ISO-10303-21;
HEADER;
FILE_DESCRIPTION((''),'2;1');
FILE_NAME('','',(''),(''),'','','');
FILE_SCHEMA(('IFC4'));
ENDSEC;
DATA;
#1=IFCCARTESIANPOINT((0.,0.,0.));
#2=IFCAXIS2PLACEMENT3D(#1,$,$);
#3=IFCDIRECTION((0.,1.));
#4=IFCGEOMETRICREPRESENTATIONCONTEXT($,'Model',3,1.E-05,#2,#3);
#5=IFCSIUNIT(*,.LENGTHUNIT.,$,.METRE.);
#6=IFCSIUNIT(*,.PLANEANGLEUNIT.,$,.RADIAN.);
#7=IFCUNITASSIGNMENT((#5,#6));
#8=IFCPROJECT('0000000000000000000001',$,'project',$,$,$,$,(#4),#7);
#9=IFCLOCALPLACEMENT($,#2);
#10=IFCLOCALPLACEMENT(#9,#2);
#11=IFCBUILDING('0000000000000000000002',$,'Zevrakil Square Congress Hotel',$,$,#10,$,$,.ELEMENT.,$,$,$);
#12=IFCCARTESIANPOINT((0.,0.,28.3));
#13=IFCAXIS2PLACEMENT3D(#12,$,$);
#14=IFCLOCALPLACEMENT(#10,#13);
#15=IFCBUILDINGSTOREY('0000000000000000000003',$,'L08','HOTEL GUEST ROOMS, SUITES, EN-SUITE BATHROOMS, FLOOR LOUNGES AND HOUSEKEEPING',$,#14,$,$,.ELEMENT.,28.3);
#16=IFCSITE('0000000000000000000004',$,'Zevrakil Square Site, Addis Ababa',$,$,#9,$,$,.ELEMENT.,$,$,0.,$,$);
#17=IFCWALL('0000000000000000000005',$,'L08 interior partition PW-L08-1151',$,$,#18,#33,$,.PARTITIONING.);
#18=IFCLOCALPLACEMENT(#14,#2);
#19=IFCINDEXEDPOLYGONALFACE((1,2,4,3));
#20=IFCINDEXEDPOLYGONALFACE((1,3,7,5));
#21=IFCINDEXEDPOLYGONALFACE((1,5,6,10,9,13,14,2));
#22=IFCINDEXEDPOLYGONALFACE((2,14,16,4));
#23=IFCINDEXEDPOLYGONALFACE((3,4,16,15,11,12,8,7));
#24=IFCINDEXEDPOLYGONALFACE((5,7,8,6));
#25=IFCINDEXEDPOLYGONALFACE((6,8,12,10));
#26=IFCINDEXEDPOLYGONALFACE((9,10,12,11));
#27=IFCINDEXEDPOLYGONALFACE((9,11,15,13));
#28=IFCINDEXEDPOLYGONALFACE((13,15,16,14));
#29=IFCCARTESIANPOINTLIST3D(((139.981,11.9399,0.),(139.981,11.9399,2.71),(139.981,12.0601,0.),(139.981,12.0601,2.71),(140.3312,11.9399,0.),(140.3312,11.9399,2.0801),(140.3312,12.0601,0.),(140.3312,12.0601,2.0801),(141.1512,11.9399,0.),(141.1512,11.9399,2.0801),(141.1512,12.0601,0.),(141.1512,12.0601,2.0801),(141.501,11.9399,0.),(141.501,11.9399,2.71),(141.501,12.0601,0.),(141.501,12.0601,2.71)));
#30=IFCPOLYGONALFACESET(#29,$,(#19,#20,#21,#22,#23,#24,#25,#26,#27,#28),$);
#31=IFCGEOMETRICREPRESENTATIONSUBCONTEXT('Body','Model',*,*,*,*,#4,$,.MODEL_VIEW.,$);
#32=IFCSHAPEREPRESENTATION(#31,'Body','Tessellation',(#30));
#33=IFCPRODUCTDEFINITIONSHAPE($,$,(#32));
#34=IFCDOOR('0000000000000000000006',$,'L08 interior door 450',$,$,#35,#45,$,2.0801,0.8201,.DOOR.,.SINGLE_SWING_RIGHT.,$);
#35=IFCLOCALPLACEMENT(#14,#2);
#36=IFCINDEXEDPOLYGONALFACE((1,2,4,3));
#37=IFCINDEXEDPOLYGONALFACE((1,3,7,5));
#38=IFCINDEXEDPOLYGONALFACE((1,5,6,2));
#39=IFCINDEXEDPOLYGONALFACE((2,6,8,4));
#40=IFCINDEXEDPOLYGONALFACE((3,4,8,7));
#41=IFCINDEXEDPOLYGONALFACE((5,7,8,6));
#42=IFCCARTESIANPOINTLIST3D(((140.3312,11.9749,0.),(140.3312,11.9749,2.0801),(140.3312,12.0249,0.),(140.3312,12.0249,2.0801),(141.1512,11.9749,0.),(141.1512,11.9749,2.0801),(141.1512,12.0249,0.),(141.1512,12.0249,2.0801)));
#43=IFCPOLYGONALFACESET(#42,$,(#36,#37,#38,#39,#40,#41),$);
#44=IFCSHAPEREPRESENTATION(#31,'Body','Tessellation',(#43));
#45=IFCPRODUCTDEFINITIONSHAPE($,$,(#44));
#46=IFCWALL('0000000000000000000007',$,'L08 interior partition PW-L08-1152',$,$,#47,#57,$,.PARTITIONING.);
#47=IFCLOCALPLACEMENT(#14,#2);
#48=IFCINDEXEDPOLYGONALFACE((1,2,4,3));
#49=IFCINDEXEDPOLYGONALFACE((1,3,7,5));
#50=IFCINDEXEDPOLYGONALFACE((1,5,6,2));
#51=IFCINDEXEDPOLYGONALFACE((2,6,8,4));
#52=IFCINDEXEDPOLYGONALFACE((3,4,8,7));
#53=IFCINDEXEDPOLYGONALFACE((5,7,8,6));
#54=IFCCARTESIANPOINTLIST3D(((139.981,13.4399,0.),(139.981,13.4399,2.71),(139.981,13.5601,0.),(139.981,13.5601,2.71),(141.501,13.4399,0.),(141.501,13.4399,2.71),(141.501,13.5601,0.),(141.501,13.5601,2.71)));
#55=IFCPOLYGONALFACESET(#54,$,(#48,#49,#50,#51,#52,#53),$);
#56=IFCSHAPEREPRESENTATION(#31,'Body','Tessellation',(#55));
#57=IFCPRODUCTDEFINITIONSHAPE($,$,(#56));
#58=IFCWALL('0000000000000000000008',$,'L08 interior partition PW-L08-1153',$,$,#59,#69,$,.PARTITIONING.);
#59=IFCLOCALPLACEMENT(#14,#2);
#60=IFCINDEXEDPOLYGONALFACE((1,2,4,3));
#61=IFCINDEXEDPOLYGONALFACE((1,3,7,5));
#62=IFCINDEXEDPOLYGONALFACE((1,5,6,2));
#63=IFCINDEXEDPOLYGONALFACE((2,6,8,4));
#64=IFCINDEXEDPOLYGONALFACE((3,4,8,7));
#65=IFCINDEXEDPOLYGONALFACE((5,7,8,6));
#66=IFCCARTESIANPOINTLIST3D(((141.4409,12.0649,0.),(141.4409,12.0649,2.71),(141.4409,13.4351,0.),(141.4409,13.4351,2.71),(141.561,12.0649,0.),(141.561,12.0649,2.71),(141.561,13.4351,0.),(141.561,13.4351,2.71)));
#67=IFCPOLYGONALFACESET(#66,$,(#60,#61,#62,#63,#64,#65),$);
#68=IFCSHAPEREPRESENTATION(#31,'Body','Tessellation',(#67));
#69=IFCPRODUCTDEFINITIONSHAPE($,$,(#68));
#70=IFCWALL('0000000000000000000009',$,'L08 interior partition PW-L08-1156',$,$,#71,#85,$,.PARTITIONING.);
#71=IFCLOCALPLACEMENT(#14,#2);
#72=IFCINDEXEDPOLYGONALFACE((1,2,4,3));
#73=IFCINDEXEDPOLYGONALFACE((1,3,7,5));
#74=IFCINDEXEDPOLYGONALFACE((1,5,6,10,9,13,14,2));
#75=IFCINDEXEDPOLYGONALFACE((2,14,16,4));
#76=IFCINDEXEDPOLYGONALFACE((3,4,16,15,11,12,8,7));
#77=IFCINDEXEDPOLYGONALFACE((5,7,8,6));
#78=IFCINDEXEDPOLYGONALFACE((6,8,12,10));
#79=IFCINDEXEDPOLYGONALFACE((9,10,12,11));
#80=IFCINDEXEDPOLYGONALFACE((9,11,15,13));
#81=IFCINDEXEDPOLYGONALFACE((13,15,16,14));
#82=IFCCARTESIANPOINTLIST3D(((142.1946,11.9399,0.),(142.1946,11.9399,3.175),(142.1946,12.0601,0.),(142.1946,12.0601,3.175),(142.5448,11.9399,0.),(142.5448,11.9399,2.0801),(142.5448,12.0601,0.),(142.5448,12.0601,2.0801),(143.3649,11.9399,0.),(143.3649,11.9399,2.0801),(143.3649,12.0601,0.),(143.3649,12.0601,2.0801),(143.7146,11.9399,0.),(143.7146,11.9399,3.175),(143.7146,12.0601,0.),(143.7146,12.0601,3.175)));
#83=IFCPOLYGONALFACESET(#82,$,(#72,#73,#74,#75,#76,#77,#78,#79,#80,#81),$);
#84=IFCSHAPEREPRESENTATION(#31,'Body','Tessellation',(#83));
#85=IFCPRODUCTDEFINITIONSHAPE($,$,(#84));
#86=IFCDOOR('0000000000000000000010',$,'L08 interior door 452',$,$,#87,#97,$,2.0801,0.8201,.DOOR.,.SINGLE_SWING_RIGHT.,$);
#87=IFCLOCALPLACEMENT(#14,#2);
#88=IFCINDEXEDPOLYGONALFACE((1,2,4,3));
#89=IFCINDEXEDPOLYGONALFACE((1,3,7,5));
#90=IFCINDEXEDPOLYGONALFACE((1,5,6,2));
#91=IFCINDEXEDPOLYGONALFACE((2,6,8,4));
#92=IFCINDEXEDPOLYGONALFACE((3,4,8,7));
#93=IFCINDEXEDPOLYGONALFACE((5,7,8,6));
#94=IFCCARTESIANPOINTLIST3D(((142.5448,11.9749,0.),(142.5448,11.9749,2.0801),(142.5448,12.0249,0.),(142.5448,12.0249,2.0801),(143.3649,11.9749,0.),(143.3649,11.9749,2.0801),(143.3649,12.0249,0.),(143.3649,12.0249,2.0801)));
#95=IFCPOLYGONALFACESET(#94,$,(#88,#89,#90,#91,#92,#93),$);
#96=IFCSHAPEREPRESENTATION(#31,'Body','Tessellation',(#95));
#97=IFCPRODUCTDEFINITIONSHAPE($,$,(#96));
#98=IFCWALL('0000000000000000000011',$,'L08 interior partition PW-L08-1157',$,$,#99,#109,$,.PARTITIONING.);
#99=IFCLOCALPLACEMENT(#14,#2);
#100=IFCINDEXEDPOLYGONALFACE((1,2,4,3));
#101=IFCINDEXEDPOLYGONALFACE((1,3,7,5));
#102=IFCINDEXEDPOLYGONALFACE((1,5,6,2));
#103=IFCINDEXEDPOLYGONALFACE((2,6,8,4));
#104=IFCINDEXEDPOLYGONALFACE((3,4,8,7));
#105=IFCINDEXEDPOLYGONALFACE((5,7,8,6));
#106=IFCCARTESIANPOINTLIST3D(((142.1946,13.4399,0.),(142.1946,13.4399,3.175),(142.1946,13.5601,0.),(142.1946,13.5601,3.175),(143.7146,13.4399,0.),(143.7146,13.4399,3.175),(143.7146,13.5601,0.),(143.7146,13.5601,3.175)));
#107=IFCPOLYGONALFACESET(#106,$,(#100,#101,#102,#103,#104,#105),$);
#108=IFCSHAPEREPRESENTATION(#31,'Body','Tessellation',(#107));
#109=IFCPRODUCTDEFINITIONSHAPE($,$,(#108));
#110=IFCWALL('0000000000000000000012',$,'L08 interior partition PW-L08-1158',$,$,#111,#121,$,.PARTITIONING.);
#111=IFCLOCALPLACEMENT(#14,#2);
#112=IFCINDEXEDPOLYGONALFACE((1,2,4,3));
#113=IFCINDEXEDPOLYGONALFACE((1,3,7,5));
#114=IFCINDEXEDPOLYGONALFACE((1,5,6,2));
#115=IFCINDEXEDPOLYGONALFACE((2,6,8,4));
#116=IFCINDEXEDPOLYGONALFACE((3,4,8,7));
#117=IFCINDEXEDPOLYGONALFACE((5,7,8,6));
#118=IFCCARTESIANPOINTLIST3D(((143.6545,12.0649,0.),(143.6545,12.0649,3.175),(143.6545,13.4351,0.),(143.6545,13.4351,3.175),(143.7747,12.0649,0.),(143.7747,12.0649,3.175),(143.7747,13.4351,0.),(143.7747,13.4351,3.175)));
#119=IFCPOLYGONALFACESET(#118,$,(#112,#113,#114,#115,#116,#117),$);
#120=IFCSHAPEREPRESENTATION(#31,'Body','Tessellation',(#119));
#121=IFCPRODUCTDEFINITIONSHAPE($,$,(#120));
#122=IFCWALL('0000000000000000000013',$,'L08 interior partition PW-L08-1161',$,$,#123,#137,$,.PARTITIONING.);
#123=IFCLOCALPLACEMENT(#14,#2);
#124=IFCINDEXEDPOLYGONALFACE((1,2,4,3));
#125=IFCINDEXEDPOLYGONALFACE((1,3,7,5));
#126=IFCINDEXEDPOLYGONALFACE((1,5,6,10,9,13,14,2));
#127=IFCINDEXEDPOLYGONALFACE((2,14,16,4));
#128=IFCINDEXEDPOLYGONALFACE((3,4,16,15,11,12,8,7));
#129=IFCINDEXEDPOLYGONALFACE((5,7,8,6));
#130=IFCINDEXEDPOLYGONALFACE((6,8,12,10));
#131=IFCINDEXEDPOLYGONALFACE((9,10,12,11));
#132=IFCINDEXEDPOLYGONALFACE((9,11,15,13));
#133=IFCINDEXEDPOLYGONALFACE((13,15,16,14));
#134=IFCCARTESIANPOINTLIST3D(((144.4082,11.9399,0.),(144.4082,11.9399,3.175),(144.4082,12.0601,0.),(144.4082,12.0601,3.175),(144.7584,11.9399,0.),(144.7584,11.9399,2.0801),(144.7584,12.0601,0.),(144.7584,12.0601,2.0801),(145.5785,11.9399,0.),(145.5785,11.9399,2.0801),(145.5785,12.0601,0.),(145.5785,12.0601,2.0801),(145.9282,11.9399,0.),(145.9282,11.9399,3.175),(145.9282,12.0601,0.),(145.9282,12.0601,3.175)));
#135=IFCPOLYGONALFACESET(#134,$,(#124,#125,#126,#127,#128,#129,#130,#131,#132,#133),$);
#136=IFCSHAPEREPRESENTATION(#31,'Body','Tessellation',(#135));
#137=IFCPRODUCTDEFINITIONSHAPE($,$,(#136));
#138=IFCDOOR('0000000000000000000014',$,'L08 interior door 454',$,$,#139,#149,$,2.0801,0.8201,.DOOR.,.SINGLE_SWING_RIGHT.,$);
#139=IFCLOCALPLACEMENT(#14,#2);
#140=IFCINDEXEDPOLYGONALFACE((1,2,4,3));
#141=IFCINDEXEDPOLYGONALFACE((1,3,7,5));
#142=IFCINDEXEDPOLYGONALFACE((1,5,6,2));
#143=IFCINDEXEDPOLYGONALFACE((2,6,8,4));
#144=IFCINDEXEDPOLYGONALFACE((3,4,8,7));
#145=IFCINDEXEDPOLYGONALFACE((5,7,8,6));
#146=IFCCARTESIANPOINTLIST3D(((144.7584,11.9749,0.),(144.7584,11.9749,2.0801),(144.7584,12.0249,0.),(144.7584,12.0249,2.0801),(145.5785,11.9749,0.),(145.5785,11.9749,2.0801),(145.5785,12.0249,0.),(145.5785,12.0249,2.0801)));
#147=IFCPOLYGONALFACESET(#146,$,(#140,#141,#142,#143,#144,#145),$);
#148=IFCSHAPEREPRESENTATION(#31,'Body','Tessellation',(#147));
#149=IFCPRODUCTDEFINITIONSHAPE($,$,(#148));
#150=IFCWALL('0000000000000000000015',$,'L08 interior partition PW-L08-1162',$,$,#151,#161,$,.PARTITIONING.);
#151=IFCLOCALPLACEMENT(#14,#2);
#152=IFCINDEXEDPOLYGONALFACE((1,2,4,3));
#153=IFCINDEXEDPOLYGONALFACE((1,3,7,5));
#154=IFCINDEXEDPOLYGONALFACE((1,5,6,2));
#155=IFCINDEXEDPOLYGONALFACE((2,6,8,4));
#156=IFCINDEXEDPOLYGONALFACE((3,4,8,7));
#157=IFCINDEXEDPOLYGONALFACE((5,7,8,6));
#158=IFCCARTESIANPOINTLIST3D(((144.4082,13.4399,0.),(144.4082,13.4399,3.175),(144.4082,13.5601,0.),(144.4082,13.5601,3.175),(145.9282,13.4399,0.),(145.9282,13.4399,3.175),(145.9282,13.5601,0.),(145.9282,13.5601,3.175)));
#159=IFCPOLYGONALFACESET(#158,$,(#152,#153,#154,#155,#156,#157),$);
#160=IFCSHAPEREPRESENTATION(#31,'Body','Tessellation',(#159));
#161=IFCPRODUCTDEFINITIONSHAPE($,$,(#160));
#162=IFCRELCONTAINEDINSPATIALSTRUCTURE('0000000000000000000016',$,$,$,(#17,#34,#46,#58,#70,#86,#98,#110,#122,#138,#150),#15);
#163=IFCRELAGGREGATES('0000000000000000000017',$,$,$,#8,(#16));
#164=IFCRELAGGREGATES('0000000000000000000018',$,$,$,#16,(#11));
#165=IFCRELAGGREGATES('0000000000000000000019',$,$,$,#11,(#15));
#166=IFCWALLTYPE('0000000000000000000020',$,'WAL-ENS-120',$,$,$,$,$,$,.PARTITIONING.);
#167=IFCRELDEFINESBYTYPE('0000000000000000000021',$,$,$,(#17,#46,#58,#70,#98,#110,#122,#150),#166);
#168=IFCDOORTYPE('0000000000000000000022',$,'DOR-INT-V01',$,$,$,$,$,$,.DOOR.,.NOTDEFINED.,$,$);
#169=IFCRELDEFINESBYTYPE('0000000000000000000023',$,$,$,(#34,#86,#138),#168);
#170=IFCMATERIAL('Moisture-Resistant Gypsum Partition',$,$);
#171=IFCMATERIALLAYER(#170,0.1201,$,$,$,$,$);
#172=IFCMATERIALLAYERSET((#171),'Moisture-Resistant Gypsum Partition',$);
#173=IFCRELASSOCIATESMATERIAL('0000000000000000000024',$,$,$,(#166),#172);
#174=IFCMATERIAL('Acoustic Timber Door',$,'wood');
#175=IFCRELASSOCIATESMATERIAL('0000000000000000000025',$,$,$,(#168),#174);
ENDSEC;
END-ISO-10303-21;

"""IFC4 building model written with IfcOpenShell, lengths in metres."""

from ifc_helpers import new_model, si_unit, direction, frame, frame_2d, origin, place, context, subcontext, project, spatial, rectangle, extrude, material, layer, layer_set, type_object, element, fill, save


model = new_model("IFC4")

# Units and contexts
model_context = context("Model", 3, precision=1e-05, world=origin(), true_north=direction((0.0, 1.0)))
body_context = subcontext(model_context, "Body", "Model", "MODEL_VIEW")
ifc_project = project(units=[si_unit("LENGTHUNIT", "METRE"), si_unit("PLANEANGLEUNIT", "RADIAN")], contexts=[model_context])

# Site, building, storey
site_placement = place(None, origin())
site = spatial("IfcSite", under=ifc_project, at=site_placement, Name="Zevrakil Square Site, Addis Ababa", CompositionType="ELEMENT", RefElevation=0.0)
building_placement = place(site_placement, origin())
building = spatial("IfcBuilding", under=site, at=building_placement, Name="Zevrakil Square Congress Hotel", CompositionType="ELEMENT")
storey_placement = place(building_placement, frame((0.0, 0.0, 28.3)))
storey = spatial("IfcBuildingStorey", under=building, at=storey_placement, Name="L08", Description="HOTEL GUEST ROOMS, SUITES, EN-SUITE BATHROOMS, FLOOR LOUNGES AND HOUSEKEEPING", CompositionType="ELEMENT", Elevation=28.3)

# Shared definitions
ifc_material_1 = material(Name="Moisture-Resistant Gypsum Partition")
ifc_layer_1 = layer(ifc_material_1, 0.1201)
ifc_layer_set_1 = layer_set([ifc_layer_1], Name="Moisture-Resistant Gypsum Partition")
wall_type_1 = type_object("IfcWallType", Name="WAL-ENS-120", PredefinedType="PARTITIONING", material=ifc_layer_set_1)

# Wall, opening, door
wall_1_placement = place(storey_placement, frame((139.981, 12.0, 0.0), z_axis=(0.0, 0.0, 1.0), x_axis=(1.0, 0.0, 0.0)))
wall_1 = element("IfcWall", 1, at=wall_1_placement, inside=storey, type_object=wall_type_1, Name="L08 interior partition PW-L08-1151", PredefinedType="PARTITIONING", context=body_context, shape_type="SweptSolid", body=[
    extrude(rectangle(XDim=1.52, YDim=0.1201, at=frame_2d((0.76, 0.0))), origin(), (0.0, 0.0, 1.0), 2.71),
])
opening_1_placement = place(wall_1_placement, frame((0.3501, 0.0, 0.0)))
opening_1 = element("IfcOpeningElement", 2, at=opening_1_placement, cuts=wall_1, PredefinedType="OPENING", context=body_context, shape_type="SweptSolid", body=[
    extrude(rectangle(XDim=0.8201, YDim=2.0801, at=frame_2d((0.4102, 1.04))), frame((0.0, 0.0701, 0.0), z_axis=(0.0, -1.0, 0.0), x_axis=(1.0, 0.0, 0.0)), (0.0, 0.0, 1.0), 0.1401),
])
ifc_material_2 = material(Name="Acoustic Timber Door", Category="wood")
door_type_1 = type_object("IfcDoorType", Name="DOR-INT-V01", OperationType="NOTDEFINED", PredefinedType="DOOR", material=ifc_material_2)
door_1_placement = place(opening_1_placement, origin())
door_1 = element("IfcDoor", 3, at=door_1_placement, inside=storey, type_object=door_type_1, Name="L08 interior door 450", OperationType="SINGLE_SWING_RIGHT", OverallHeight=2.0801, OverallWidth=0.8201, PredefinedType="DOOR", context=body_context, shape_type="SweptSolid", body=[
    extrude(rectangle(XDim=0.8201, YDim=2.0801, at=frame_2d((0.4102, 1.04))), frame((0.0, 0.0249, 0.0), z_axis=(0.0, -1.0, 0.0), x_axis=(1.0, 0.0, 0.0)), (0.0, 0.0, 1.0), 0.05),
])
fill(opening_1, door_1)

# Walls
wall_2_placement = place(storey_placement, frame((139.981, 13.5, 0.0), z_axis=(0.0, 0.0, 1.0), x_axis=(1.0, 0.0, 0.0)))
element("IfcWall", 4, at=wall_2_placement, inside=storey, type_object=wall_type_1, Name="L08 interior partition PW-L08-1152", PredefinedType="PARTITIONING", context=body_context, shape_type="SweptSolid", body=[
    extrude(rectangle(XDim=1.52, YDim=0.1201, at=frame_2d((0.76, 0.0))), origin(), (0.0, 0.0, 1.0), 2.71),
])
wall_3_placement = place(storey_placement, frame((141.501, 12.0649, 0.0), z_axis=(0.0, 0.0, 1.0), x_axis=(0.0, 1.0, 0.0)))
element("IfcWall", 5, at=wall_3_placement, inside=storey, type_object=wall_type_1, Name="L08 interior partition PW-L08-1153", PredefinedType="PARTITIONING", context=body_context, shape_type="SweptSolid", body=[
    extrude(rectangle(XDim=1.3701, YDim=0.1201, at=frame_2d((0.6851, 0.0))), origin(), (0.0, 0.0, 1.0), 2.71),
])

# Wall, opening, door
wall_4_placement = place(storey_placement, frame((142.1946, 12.0, 0.0), z_axis=(0.0, 0.0, 1.0), x_axis=(1.0, 0.0, 0.0)))
wall_4 = element("IfcWall", 6, at=wall_4_placement, inside=storey, type_object=wall_type_1, Name="L08 interior partition PW-L08-1156", PredefinedType="PARTITIONING", context=body_context, shape_type="SweptSolid", body=[
    extrude(rectangle(XDim=1.52, YDim=0.1201, at=frame_2d((0.76, 0.0))), origin(), (0.0, 0.0, 1.0), 3.175),
])
opening_2_placement = place(wall_4_placement, frame((0.3501, 0.0, 0.0)))
opening_2 = element("IfcOpeningElement", 7, at=opening_2_placement, cuts=wall_4, PredefinedType="OPENING", context=body_context, shape_type="SweptSolid", body=[
    extrude(rectangle(XDim=0.8201, YDim=2.0801, at=frame_2d((0.4102, 1.04))), frame((0.0, 0.0701, 0.0), z_axis=(0.0, -1.0, 0.0), x_axis=(1.0, 0.0, 0.0)), (0.0, 0.0, 1.0), 0.1401),
])
door_2_placement = place(opening_2_placement, origin())
door_2 = element("IfcDoor", 8, at=door_2_placement, inside=storey, type_object=door_type_1, Name="L08 interior door 452", OperationType="SINGLE_SWING_RIGHT", OverallHeight=2.0801, OverallWidth=0.8201, PredefinedType="DOOR", context=body_context, shape_type="SweptSolid", body=[
    extrude(rectangle(XDim=0.8201, YDim=2.0801, at=frame_2d((0.4102, 1.04))), frame((0.0, 0.0249, 0.0), z_axis=(0.0, -1.0, 0.0), x_axis=(1.0, 0.0, 0.0)), (0.0, 0.0, 1.0), 0.05),
])
fill(opening_2, door_2)

# Walls
wall_5_placement = place(storey_placement, frame((142.1946, 13.5, 0.0), z_axis=(0.0, 0.0, 1.0), x_axis=(1.0, 0.0, 0.0)))
element("IfcWall", 9, at=wall_5_placement, inside=storey, type_object=wall_type_1, Name="L08 interior partition PW-L08-1157", PredefinedType="PARTITIONING", context=body_context, shape_type="SweptSolid", body=[
    extrude(rectangle(XDim=1.52, YDim=0.1201, at=frame_2d((0.76, 0.0))), origin(), (0.0, 0.0, 1.0), 3.175),
])
wall_6_placement = place(storey_placement, frame((143.7146, 12.0649, 0.0), z_axis=(0.0, 0.0, 1.0), x_axis=(0.0, 1.0, 0.0)))
element("IfcWall", 10, at=wall_6_placement, inside=storey, type_object=wall_type_1, Name="L08 interior partition PW-L08-1158", PredefinedType="PARTITIONING", context=body_context, shape_type="SweptSolid", body=[
    extrude(rectangle(XDim=1.3701, YDim=0.1201, at=frame_2d((0.6851, 0.0))), origin(), (0.0, 0.0, 1.0), 3.175),
])

# Wall, opening, door
wall_7_placement = place(storey_placement, frame((144.4082, 12.0, 0.0), z_axis=(0.0, 0.0, 1.0), x_axis=(1.0, 0.0, 0.0)))
wall_7 = element("IfcWall", 11, at=wall_7_placement, inside=storey, type_object=wall_type_1, Name="L08 interior partition PW-L08-1161", PredefinedType="PARTITIONING", context=body_context, shape_type="SweptSolid", body=[
    extrude(rectangle(XDim=1.52, YDim=0.1201, at=frame_2d((0.76, 0.0))), origin(), (0.0, 0.0, 1.0), 3.175),
])
opening_3_placement = place(wall_7_placement, frame((0.3501, 0.0, 0.0)))
opening_3 = element("IfcOpeningElement", 12, at=opening_3_placement, cuts=wall_7, PredefinedType="OPENING", context=body_context, shape_type="SweptSolid", body=[
    extrude(rectangle(XDim=0.8201, YDim=2.0801, at=frame_2d((0.4102, 1.04))), frame((0.0, 0.0701, 0.0), z_axis=(0.0, -1.0, 0.0), x_axis=(1.0, 0.0, 0.0)), (0.0, 0.0, 1.0), 0.1401),
])
door_3_placement = place(opening_3_placement, origin())
door_3 = element("IfcDoor", 13, at=door_3_placement, inside=storey, type_object=door_type_1, Name="L08 interior door 454", OperationType="SINGLE_SWING_RIGHT", OverallHeight=2.0801, OverallWidth=0.8201, PredefinedType="DOOR", context=body_context, shape_type="SweptSolid", body=[
    extrude(rectangle(XDim=0.8201, YDim=2.0801, at=frame_2d((0.4102, 1.04))), frame((0.0, 0.0249, 0.0), z_axis=(0.0, -1.0, 0.0), x_axis=(1.0, 0.0, 0.0)), (0.0, 0.0, 1.0), 0.05),
])
fill(opening_3, door_3)

# Wall
wall_8_placement = place(storey_placement, frame((144.4082, 13.5, 0.0), z_axis=(0.0, 0.0, 1.0), x_axis=(1.0, 0.0, 0.0)))
element("IfcWall", 14, at=wall_8_placement, inside=storey, type_object=wall_type_1, Name="L08 interior partition PW-L08-1162", PredefinedType="PARTITIONING", context=body_context, shape_type="SweptSolid", body=[
    extrude(rectangle(XDim=1.52, YDim=0.1201, at=frame_2d((0.76, 0.0))), origin(), (0.0, 0.0, 1.0), 3.175),
])

save(model, "model.ifc")
